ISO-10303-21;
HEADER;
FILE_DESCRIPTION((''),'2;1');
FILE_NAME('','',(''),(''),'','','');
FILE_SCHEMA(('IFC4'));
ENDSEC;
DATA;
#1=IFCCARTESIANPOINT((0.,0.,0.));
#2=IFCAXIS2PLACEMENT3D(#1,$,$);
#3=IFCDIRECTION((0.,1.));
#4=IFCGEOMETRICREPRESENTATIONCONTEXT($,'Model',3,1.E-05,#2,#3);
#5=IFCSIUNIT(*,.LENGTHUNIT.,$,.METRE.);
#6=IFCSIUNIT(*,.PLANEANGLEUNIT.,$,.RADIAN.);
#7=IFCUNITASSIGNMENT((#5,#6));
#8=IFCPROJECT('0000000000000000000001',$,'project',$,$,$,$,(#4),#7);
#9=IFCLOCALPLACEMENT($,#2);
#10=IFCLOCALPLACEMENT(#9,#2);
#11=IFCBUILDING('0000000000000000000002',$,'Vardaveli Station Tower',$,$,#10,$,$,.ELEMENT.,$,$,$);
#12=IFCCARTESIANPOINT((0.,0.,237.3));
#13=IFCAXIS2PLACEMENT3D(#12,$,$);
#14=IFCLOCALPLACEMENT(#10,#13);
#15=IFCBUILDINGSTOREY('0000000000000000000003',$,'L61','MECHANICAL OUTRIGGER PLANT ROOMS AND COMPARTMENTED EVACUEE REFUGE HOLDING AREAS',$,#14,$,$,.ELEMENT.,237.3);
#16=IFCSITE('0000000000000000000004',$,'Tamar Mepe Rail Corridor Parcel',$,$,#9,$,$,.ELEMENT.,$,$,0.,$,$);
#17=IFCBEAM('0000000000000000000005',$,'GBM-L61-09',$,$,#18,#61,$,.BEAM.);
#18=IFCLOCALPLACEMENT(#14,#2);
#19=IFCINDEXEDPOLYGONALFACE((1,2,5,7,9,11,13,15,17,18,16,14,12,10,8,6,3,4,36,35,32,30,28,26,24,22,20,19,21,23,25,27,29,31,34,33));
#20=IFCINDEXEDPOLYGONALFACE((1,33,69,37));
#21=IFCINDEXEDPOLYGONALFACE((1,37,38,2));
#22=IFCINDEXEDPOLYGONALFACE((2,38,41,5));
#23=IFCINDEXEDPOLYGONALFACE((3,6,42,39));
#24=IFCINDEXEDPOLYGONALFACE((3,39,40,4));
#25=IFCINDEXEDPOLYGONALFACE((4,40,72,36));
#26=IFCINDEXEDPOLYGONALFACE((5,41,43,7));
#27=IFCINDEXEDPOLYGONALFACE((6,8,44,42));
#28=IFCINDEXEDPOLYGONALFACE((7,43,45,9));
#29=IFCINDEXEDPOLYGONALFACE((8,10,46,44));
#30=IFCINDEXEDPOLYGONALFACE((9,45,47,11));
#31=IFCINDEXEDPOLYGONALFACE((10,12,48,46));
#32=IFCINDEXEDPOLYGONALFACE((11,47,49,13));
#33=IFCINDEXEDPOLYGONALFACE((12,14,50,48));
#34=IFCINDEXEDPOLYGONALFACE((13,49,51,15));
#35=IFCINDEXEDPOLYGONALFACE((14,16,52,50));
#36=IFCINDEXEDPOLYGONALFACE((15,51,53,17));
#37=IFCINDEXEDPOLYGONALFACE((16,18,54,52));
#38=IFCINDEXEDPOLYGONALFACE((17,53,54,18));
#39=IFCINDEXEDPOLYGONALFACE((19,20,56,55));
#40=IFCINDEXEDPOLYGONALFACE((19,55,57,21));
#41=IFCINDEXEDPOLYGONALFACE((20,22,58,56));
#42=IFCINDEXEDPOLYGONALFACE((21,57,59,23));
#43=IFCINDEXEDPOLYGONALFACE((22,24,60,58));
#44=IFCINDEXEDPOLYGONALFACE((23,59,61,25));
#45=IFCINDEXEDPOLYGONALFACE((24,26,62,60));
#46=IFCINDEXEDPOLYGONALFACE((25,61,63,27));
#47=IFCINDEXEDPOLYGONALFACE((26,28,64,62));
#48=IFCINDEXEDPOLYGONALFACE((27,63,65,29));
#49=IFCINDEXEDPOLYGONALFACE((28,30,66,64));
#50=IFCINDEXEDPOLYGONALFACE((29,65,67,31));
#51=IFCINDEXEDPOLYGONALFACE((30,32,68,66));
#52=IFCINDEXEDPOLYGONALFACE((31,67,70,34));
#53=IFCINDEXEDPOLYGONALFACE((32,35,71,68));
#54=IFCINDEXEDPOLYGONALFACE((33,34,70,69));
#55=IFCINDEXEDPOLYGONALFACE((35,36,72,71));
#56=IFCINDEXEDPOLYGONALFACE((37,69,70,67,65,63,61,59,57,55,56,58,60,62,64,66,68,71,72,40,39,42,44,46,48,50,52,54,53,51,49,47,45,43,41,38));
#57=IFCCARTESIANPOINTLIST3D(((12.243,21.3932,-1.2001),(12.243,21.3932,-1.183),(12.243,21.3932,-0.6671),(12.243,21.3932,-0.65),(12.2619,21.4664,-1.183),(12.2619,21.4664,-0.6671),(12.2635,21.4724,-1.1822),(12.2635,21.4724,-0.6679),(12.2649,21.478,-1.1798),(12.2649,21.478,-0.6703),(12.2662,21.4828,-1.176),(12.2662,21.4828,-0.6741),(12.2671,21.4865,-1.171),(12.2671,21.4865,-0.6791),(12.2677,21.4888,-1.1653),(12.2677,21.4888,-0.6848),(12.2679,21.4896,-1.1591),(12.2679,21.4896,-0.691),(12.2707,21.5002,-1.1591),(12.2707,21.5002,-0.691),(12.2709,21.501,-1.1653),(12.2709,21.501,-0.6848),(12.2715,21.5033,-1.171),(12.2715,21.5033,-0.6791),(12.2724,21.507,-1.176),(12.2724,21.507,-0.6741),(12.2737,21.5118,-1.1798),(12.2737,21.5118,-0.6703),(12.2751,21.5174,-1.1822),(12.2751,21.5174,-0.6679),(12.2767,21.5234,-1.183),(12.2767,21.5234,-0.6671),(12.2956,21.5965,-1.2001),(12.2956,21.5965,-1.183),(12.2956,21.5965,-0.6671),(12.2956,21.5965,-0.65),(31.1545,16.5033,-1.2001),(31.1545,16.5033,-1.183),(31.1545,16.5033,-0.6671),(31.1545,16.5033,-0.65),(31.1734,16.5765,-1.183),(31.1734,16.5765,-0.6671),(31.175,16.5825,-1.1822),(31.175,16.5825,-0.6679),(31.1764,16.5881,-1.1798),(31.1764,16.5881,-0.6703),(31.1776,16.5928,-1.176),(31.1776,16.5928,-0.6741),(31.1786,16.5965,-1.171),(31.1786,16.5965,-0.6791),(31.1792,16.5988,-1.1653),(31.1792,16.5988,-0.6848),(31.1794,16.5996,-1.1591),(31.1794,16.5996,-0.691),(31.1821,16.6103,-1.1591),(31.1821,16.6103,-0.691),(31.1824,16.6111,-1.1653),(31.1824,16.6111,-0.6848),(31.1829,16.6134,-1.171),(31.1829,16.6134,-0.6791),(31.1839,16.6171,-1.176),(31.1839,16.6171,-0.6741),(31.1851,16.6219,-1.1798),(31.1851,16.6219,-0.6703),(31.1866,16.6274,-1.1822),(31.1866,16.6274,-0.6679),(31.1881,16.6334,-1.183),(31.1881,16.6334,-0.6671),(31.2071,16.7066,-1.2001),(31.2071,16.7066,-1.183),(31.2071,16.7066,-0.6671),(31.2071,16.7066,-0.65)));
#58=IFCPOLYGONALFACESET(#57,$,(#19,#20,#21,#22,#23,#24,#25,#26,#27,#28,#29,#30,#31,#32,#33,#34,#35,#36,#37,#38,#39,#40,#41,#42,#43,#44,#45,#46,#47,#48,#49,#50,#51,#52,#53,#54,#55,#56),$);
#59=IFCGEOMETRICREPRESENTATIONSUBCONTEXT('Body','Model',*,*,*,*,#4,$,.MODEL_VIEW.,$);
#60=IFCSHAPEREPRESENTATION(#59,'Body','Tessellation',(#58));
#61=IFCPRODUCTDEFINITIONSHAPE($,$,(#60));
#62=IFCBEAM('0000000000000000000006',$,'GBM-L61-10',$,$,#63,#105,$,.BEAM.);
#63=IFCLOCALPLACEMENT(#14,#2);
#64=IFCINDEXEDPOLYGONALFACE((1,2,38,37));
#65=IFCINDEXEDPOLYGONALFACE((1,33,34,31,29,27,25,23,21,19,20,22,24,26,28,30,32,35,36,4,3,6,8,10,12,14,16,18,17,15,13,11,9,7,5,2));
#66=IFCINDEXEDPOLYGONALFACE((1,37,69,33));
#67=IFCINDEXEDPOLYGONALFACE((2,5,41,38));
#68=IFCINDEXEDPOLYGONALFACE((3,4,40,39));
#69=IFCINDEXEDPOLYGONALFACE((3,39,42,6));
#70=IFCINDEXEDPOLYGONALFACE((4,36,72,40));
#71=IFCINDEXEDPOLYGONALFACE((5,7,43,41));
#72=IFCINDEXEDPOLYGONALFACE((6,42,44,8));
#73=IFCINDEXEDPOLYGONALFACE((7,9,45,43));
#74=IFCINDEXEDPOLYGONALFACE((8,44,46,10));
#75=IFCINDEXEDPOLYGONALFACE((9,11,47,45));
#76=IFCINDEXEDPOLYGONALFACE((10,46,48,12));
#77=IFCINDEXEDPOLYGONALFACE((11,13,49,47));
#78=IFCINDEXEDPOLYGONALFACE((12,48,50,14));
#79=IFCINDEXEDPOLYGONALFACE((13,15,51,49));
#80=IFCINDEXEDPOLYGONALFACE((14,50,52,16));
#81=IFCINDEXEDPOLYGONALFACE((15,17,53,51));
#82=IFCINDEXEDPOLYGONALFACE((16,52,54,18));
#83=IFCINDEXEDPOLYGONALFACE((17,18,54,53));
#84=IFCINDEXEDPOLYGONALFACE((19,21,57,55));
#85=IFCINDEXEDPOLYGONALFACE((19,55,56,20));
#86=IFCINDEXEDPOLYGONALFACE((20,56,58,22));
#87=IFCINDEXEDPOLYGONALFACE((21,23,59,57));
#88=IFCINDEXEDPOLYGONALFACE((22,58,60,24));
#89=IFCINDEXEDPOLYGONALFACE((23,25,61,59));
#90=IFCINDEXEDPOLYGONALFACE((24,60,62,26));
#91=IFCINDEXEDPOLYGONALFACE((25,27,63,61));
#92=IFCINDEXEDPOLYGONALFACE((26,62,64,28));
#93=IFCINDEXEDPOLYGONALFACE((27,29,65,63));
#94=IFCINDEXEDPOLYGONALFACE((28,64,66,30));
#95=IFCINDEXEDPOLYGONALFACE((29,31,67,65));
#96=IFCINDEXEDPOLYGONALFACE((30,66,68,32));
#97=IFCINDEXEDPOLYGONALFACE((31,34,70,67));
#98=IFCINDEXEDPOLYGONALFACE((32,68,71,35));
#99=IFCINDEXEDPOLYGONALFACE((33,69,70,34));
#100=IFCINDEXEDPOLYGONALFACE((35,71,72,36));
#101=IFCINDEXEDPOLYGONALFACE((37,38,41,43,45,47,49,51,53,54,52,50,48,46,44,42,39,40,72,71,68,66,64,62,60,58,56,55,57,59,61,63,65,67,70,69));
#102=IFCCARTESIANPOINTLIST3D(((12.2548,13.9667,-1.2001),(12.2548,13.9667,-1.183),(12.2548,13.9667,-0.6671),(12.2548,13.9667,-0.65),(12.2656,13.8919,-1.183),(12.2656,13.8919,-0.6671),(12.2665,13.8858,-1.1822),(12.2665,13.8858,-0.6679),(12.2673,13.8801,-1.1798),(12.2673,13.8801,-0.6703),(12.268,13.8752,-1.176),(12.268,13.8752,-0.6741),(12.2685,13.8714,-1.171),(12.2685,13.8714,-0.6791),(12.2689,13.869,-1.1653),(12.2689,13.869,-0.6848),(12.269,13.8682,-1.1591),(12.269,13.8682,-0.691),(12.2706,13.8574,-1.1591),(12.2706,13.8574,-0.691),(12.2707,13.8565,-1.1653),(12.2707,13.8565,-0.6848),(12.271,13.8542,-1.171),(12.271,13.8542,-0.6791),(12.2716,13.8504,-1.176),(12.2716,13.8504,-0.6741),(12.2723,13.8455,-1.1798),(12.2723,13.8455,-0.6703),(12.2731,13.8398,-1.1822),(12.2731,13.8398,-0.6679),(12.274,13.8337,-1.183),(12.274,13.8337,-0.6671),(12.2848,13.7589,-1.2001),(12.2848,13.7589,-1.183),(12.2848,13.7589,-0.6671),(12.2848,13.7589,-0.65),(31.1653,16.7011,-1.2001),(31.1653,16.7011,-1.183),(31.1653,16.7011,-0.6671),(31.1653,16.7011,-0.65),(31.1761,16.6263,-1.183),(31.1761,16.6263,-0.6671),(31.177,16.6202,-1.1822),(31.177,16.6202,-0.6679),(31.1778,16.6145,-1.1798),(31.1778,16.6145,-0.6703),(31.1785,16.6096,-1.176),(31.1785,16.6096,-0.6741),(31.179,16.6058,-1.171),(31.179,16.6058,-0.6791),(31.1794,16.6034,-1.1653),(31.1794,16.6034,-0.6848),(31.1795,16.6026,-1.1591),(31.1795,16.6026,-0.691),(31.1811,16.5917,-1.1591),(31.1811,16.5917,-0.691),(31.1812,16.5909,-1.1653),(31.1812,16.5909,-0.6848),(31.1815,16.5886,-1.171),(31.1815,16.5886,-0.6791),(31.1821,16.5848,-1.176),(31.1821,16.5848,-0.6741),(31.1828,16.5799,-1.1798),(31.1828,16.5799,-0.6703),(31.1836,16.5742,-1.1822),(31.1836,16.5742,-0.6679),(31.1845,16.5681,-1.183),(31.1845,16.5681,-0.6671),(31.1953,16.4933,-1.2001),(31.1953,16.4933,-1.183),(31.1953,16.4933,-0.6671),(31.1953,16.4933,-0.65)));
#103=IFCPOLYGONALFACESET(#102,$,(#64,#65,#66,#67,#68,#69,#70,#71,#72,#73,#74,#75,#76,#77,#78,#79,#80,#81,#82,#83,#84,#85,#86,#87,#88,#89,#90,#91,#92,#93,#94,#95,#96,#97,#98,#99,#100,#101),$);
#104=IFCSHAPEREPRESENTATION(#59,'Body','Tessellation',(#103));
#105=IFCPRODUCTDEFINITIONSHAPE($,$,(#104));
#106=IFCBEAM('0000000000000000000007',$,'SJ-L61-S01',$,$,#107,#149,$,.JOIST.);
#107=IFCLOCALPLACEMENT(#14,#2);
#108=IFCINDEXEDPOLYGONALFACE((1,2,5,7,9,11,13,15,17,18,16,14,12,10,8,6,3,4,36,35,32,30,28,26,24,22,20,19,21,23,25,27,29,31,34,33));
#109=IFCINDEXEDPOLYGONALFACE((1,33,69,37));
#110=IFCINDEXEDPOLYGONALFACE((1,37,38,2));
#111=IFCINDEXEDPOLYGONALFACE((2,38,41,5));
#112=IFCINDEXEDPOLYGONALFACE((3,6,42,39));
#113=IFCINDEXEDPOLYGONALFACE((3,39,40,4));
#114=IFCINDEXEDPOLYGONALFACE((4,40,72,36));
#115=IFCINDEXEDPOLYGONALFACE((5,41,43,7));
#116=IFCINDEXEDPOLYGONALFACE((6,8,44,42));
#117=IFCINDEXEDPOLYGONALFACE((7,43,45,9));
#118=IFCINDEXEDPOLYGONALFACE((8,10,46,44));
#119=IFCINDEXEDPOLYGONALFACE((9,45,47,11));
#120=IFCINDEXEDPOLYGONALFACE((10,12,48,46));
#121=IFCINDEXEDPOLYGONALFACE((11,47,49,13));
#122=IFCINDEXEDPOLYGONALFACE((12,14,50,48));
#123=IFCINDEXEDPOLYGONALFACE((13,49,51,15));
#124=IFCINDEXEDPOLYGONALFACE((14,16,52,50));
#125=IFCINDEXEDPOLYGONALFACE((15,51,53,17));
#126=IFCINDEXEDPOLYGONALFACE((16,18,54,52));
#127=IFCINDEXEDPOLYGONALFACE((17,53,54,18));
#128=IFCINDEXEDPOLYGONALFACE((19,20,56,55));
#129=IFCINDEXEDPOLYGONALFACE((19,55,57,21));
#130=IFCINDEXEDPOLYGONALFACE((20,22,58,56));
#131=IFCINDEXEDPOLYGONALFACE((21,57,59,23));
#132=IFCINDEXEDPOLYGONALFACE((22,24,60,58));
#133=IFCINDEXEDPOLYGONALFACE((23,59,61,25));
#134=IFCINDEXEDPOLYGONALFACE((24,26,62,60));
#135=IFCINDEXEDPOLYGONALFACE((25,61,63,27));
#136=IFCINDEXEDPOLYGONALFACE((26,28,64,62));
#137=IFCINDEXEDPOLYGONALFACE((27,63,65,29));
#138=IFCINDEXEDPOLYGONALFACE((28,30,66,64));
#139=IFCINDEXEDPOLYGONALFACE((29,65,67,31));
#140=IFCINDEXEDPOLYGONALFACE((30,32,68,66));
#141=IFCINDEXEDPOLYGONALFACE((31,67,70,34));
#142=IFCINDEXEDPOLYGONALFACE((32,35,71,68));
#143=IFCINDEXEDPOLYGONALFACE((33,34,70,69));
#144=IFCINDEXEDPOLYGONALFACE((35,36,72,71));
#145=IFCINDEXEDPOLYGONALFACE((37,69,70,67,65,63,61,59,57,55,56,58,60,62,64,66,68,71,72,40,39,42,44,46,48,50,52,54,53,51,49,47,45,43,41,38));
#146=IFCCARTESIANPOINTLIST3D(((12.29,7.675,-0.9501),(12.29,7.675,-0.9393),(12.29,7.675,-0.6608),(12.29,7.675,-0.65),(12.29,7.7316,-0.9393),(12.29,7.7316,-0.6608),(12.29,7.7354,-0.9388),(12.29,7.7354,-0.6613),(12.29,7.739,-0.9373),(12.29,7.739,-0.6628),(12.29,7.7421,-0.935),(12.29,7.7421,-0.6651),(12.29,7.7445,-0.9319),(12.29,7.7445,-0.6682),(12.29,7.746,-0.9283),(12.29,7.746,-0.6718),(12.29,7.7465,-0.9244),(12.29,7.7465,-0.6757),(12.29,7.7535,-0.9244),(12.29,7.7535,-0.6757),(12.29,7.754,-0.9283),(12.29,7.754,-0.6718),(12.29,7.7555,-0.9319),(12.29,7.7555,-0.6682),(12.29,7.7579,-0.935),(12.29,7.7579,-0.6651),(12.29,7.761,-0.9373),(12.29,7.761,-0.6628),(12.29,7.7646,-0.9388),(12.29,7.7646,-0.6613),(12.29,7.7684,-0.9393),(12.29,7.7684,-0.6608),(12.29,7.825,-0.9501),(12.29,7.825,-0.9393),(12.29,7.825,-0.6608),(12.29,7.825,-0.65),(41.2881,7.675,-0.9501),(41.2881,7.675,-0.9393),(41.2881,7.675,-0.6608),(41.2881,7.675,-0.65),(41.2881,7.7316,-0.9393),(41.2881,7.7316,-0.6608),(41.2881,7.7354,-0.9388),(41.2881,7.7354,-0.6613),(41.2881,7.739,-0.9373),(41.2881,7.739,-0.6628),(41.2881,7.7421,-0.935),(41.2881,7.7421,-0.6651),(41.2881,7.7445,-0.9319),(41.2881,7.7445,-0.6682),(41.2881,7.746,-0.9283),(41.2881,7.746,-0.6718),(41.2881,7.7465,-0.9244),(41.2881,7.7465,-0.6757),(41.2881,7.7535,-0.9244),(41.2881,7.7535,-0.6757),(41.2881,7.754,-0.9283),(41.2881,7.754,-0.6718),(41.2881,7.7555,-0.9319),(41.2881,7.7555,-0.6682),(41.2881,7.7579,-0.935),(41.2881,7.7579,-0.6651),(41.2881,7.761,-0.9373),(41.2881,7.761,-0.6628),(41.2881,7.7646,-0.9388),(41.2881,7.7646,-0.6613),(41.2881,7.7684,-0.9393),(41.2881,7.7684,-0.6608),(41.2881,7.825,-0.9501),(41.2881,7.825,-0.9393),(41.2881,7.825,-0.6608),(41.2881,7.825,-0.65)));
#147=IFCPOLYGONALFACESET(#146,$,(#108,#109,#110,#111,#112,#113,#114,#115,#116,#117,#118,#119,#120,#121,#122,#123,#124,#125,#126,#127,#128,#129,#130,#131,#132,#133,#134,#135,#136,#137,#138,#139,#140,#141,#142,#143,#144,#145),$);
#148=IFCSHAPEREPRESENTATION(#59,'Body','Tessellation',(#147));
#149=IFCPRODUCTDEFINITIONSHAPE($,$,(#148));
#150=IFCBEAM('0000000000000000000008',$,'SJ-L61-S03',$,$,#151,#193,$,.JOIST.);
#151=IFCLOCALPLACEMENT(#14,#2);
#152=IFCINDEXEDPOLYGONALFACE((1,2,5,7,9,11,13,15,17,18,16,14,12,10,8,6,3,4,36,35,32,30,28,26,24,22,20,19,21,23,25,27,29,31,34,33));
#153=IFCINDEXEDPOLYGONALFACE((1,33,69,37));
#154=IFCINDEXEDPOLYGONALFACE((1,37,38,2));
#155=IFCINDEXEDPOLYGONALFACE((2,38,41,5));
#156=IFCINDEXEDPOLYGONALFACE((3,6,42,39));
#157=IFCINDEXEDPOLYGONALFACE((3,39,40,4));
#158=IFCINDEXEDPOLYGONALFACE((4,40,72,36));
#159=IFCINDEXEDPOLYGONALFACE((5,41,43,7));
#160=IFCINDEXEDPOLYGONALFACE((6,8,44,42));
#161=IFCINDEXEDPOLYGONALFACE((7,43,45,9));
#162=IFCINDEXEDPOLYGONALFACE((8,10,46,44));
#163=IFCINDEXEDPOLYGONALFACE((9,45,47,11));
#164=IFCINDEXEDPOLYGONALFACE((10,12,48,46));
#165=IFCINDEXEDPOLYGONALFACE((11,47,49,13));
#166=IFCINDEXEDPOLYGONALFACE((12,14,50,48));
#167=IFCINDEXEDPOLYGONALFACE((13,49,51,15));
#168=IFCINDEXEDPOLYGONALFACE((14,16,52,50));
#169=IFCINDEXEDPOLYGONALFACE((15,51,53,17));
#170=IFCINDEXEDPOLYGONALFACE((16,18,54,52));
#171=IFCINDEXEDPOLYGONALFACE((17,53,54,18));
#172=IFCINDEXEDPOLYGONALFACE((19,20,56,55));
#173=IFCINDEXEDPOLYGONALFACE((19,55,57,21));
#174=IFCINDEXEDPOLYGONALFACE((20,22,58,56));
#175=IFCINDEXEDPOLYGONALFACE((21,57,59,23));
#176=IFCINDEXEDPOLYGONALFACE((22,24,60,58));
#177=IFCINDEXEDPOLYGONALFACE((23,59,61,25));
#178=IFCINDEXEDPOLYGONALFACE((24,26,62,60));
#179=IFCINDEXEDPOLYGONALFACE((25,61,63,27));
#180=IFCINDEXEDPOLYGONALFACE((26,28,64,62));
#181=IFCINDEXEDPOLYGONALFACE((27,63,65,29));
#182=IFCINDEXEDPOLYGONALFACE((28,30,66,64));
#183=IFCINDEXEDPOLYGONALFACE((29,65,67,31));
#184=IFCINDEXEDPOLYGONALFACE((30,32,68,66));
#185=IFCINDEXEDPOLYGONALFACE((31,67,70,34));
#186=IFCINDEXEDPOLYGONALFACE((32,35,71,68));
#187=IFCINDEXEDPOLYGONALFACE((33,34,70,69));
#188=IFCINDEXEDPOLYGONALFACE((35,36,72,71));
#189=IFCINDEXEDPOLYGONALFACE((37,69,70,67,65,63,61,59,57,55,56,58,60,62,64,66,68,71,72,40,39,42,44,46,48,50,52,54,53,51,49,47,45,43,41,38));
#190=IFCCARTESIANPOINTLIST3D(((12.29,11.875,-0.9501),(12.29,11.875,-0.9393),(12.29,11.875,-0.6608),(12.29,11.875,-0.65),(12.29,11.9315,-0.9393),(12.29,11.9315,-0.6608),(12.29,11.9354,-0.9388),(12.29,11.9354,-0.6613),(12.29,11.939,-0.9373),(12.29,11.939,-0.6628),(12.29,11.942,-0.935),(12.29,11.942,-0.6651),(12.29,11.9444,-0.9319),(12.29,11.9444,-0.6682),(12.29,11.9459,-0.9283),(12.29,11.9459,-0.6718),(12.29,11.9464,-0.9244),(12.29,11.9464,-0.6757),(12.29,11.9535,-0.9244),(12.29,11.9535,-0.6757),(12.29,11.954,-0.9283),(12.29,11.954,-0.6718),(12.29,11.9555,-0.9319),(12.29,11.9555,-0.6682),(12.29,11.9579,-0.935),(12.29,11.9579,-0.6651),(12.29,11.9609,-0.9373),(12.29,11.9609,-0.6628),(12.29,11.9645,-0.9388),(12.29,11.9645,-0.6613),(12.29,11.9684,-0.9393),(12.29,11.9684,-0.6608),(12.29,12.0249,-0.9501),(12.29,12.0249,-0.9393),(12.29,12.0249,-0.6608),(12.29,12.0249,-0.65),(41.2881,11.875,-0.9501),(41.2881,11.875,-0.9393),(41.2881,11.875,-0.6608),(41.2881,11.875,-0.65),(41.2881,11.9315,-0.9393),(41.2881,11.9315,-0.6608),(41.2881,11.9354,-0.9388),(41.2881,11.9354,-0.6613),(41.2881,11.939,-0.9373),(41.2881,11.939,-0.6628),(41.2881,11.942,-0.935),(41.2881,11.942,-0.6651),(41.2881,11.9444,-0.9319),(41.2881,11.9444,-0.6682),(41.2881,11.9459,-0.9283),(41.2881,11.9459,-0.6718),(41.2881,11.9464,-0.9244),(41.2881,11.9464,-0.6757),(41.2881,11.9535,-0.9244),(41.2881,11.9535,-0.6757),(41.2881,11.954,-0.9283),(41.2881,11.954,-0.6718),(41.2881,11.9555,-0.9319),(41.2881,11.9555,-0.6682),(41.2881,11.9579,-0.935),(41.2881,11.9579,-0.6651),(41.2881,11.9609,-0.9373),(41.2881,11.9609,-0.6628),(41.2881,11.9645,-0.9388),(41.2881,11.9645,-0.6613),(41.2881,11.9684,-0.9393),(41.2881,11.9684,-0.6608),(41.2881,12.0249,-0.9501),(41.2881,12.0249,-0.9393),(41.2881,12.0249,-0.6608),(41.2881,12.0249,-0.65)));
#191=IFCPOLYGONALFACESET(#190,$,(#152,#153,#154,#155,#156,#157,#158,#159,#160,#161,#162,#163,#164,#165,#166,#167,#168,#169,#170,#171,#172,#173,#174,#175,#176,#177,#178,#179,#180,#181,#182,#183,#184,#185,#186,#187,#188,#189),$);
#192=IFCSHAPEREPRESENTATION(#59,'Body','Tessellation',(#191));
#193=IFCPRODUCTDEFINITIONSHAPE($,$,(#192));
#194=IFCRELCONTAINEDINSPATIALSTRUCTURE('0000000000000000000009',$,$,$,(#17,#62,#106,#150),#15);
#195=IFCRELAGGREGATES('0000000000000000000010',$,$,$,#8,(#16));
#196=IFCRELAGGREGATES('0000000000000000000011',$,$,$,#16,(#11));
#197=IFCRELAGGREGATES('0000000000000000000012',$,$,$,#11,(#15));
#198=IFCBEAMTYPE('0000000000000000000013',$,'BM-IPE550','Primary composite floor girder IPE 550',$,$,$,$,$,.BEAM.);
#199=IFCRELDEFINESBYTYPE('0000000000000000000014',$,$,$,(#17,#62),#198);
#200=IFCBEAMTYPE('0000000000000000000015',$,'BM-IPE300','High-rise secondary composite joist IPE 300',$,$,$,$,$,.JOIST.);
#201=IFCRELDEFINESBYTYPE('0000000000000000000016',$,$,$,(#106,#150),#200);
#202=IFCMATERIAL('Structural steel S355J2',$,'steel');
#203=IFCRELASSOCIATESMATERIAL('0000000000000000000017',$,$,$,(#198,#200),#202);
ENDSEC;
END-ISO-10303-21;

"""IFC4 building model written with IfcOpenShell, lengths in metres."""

from ifc_helpers import new_model, si_unit, direction, frame, origin, origin_2d, place, context, subcontext, project, spatial, i_section, extrude, source, transform, mapped, material, material_profile, profile_set, type_object, element, save


model = new_model("IFC4")

# Units and contexts
model_context = context("Model", 3, precision=1e-05, world=origin(), true_north=direction((0.0, 1.0)))
body_context = subcontext(model_context, "Body", "Model", "MODEL_VIEW")
ifc_project = project(units=[si_unit("LENGTHUNIT", "METRE"), si_unit("PLANEANGLEUNIT", "RADIAN")], contexts=[model_context])

# Site, building, storey
site_placement = place(None, origin())
site = spatial("IfcSite", under=ifc_project, at=site_placement, Name="Tamar Mepe Rail Corridor Parcel", CompositionType="ELEMENT", RefElevation=0.0)
building_placement = place(site_placement, origin())
building = spatial("IfcBuilding", under=site, at=building_placement, Name="Vardaveli Station Tower", CompositionType="ELEMENT")
storey_placement = place(building_placement, frame((0.0, 0.0, 237.3)))
storey = spatial("IfcBuildingStorey", under=building, at=storey_placement, Name="L61", Description="MECHANICAL OUTRIGGER PLANT ROOMS AND COMPARTMENTED EVACUEE REFUGE HOLDING AREAS", CompositionType="ELEMENT", Elevation=237.3)

# Beams
ifc_material_1 = material(Name="Structural steel S355J2", Category="steel")
ifc_material_profile_1 = material_profile(ifc_material_1, i_section(OverallWidth=0.21, OverallDepth=0.55, WebThickness=0.011, FlangeThickness=0.0171, FilletRadius=0.0239, at=origin_2d()), Name="IPE 550")
ifc_profile_set_1 = profile_set([ifc_material_profile_1], Name="Structural steel S355J2")
beam_type_1 = type_object("IfcBeamType", Name="BM-IPE550", Description="Primary composite floor girder IPE 550", PredefinedType="BEAM", material=ifc_profile_set_1)
shared_shape_1 = source(origin(), body_context, "Body", "SweptSolid", [
    extrude(i_section(OverallWidth=0.21, OverallDepth=0.55, WebThickness=0.011, FlangeThickness=0.0171, FilletRadius=0.0239, at=origin_2d()), origin(), (0.0, 0.0, 1.0), 19.5334),
])
beam_1_placement = place(storey_placement, frame((12.2693, 21.4949, -0.925), z_axis=(0.968159, -0.250336, 0.0), x_axis=(0.250336, 0.968159, 0.0)))
element("IfcBeam", 1, at=beam_1_placement, inside=storey, type_object=beam_type_1, Name="GBM-L61-09", PredefinedType="BEAM", context=body_context, shape_type="MappedRepresentation", body=[
    mapped(shared_shape_1, transform((0.0, 0.0, 0.0), scale=1.0)),
])
shared_shape_2 = source(origin(), body_context, "Body", "SweptSolid", [
    extrude(i_section(OverallWidth=0.21, OverallDepth=0.55, WebThickness=0.011, FlangeThickness=0.0171, FilletRadius=0.0239, at=origin_2d()), origin(), (0.0, 0.0, 1.0), 19.1072),
])
beam_2_placement = place(storey_placement, frame((12.2698, 13.8628, -0.925), z_axis=(0.989707, 0.143108, 0.0), x_axis=(-0.143108, 0.989707, 0.0)))
element("IfcBeam", 2, at=beam_2_placement, inside=storey, type_object=beam_type_1, Name="GBM-L61-10", PredefinedType="BEAM", context=body_context, shape_type="MappedRepresentation", body=[
    mapped(shared_shape_2, transform((0.0, 0.0, 0.0), scale=1.0)),
])
ifc_material_profile_2 = material_profile(ifc_material_1, i_section(OverallWidth=0.1499, OverallDepth=0.3, WebThickness=0.0071, FlangeThickness=0.0107, FilletRadius=0.0149, at=origin_2d()), Name="IPE 300")
ifc_profile_set_2 = profile_set([ifc_material_profile_2], Name="Structural steel S355J2")
beam_type_2 = type_object("IfcBeamType", Name="BM-IPE300", Description="High-rise secondary composite joist IPE 300", PredefinedType="JOIST", material=ifc_profile_set_2)
shared_shape_3 = source(origin(), body_context, "Body", "SweptSolid", [
    extrude(i_section(OverallWidth=0.1499, OverallDepth=0.3, WebThickness=0.0071, FlangeThickness=0.0107, FilletRadius=0.0149, at=origin_2d()), origin(), (0.0, 0.0, 1.0), 28.998),
])
for number, where, z_axis, x_axis, name in (
    (3, (12.29, 7.75, -0.8), (1.0, 0.0, 0.0), (0.0, 1.0, 0.0), "SJ-L61-S01"),
    (4, (12.29, 11.95, -0.8), (1.0, 0.0, 0.0), (0.0, 1.0, 0.0), "SJ-L61-S03"),
):
    element("IfcBeam", number, at=place(storey_placement, frame(where, z_axis=z_axis, x_axis=x_axis)), inside=storey, type_object=beam_type_2, Name=name, PredefinedType="JOIST", context=body_context, shape_type="MappedRepresentation", body=[
        mapped(shared_shape_3, transform((0.0, 0.0, 0.0), scale=1.0)),
    ])

save(model, "model.ifc")
